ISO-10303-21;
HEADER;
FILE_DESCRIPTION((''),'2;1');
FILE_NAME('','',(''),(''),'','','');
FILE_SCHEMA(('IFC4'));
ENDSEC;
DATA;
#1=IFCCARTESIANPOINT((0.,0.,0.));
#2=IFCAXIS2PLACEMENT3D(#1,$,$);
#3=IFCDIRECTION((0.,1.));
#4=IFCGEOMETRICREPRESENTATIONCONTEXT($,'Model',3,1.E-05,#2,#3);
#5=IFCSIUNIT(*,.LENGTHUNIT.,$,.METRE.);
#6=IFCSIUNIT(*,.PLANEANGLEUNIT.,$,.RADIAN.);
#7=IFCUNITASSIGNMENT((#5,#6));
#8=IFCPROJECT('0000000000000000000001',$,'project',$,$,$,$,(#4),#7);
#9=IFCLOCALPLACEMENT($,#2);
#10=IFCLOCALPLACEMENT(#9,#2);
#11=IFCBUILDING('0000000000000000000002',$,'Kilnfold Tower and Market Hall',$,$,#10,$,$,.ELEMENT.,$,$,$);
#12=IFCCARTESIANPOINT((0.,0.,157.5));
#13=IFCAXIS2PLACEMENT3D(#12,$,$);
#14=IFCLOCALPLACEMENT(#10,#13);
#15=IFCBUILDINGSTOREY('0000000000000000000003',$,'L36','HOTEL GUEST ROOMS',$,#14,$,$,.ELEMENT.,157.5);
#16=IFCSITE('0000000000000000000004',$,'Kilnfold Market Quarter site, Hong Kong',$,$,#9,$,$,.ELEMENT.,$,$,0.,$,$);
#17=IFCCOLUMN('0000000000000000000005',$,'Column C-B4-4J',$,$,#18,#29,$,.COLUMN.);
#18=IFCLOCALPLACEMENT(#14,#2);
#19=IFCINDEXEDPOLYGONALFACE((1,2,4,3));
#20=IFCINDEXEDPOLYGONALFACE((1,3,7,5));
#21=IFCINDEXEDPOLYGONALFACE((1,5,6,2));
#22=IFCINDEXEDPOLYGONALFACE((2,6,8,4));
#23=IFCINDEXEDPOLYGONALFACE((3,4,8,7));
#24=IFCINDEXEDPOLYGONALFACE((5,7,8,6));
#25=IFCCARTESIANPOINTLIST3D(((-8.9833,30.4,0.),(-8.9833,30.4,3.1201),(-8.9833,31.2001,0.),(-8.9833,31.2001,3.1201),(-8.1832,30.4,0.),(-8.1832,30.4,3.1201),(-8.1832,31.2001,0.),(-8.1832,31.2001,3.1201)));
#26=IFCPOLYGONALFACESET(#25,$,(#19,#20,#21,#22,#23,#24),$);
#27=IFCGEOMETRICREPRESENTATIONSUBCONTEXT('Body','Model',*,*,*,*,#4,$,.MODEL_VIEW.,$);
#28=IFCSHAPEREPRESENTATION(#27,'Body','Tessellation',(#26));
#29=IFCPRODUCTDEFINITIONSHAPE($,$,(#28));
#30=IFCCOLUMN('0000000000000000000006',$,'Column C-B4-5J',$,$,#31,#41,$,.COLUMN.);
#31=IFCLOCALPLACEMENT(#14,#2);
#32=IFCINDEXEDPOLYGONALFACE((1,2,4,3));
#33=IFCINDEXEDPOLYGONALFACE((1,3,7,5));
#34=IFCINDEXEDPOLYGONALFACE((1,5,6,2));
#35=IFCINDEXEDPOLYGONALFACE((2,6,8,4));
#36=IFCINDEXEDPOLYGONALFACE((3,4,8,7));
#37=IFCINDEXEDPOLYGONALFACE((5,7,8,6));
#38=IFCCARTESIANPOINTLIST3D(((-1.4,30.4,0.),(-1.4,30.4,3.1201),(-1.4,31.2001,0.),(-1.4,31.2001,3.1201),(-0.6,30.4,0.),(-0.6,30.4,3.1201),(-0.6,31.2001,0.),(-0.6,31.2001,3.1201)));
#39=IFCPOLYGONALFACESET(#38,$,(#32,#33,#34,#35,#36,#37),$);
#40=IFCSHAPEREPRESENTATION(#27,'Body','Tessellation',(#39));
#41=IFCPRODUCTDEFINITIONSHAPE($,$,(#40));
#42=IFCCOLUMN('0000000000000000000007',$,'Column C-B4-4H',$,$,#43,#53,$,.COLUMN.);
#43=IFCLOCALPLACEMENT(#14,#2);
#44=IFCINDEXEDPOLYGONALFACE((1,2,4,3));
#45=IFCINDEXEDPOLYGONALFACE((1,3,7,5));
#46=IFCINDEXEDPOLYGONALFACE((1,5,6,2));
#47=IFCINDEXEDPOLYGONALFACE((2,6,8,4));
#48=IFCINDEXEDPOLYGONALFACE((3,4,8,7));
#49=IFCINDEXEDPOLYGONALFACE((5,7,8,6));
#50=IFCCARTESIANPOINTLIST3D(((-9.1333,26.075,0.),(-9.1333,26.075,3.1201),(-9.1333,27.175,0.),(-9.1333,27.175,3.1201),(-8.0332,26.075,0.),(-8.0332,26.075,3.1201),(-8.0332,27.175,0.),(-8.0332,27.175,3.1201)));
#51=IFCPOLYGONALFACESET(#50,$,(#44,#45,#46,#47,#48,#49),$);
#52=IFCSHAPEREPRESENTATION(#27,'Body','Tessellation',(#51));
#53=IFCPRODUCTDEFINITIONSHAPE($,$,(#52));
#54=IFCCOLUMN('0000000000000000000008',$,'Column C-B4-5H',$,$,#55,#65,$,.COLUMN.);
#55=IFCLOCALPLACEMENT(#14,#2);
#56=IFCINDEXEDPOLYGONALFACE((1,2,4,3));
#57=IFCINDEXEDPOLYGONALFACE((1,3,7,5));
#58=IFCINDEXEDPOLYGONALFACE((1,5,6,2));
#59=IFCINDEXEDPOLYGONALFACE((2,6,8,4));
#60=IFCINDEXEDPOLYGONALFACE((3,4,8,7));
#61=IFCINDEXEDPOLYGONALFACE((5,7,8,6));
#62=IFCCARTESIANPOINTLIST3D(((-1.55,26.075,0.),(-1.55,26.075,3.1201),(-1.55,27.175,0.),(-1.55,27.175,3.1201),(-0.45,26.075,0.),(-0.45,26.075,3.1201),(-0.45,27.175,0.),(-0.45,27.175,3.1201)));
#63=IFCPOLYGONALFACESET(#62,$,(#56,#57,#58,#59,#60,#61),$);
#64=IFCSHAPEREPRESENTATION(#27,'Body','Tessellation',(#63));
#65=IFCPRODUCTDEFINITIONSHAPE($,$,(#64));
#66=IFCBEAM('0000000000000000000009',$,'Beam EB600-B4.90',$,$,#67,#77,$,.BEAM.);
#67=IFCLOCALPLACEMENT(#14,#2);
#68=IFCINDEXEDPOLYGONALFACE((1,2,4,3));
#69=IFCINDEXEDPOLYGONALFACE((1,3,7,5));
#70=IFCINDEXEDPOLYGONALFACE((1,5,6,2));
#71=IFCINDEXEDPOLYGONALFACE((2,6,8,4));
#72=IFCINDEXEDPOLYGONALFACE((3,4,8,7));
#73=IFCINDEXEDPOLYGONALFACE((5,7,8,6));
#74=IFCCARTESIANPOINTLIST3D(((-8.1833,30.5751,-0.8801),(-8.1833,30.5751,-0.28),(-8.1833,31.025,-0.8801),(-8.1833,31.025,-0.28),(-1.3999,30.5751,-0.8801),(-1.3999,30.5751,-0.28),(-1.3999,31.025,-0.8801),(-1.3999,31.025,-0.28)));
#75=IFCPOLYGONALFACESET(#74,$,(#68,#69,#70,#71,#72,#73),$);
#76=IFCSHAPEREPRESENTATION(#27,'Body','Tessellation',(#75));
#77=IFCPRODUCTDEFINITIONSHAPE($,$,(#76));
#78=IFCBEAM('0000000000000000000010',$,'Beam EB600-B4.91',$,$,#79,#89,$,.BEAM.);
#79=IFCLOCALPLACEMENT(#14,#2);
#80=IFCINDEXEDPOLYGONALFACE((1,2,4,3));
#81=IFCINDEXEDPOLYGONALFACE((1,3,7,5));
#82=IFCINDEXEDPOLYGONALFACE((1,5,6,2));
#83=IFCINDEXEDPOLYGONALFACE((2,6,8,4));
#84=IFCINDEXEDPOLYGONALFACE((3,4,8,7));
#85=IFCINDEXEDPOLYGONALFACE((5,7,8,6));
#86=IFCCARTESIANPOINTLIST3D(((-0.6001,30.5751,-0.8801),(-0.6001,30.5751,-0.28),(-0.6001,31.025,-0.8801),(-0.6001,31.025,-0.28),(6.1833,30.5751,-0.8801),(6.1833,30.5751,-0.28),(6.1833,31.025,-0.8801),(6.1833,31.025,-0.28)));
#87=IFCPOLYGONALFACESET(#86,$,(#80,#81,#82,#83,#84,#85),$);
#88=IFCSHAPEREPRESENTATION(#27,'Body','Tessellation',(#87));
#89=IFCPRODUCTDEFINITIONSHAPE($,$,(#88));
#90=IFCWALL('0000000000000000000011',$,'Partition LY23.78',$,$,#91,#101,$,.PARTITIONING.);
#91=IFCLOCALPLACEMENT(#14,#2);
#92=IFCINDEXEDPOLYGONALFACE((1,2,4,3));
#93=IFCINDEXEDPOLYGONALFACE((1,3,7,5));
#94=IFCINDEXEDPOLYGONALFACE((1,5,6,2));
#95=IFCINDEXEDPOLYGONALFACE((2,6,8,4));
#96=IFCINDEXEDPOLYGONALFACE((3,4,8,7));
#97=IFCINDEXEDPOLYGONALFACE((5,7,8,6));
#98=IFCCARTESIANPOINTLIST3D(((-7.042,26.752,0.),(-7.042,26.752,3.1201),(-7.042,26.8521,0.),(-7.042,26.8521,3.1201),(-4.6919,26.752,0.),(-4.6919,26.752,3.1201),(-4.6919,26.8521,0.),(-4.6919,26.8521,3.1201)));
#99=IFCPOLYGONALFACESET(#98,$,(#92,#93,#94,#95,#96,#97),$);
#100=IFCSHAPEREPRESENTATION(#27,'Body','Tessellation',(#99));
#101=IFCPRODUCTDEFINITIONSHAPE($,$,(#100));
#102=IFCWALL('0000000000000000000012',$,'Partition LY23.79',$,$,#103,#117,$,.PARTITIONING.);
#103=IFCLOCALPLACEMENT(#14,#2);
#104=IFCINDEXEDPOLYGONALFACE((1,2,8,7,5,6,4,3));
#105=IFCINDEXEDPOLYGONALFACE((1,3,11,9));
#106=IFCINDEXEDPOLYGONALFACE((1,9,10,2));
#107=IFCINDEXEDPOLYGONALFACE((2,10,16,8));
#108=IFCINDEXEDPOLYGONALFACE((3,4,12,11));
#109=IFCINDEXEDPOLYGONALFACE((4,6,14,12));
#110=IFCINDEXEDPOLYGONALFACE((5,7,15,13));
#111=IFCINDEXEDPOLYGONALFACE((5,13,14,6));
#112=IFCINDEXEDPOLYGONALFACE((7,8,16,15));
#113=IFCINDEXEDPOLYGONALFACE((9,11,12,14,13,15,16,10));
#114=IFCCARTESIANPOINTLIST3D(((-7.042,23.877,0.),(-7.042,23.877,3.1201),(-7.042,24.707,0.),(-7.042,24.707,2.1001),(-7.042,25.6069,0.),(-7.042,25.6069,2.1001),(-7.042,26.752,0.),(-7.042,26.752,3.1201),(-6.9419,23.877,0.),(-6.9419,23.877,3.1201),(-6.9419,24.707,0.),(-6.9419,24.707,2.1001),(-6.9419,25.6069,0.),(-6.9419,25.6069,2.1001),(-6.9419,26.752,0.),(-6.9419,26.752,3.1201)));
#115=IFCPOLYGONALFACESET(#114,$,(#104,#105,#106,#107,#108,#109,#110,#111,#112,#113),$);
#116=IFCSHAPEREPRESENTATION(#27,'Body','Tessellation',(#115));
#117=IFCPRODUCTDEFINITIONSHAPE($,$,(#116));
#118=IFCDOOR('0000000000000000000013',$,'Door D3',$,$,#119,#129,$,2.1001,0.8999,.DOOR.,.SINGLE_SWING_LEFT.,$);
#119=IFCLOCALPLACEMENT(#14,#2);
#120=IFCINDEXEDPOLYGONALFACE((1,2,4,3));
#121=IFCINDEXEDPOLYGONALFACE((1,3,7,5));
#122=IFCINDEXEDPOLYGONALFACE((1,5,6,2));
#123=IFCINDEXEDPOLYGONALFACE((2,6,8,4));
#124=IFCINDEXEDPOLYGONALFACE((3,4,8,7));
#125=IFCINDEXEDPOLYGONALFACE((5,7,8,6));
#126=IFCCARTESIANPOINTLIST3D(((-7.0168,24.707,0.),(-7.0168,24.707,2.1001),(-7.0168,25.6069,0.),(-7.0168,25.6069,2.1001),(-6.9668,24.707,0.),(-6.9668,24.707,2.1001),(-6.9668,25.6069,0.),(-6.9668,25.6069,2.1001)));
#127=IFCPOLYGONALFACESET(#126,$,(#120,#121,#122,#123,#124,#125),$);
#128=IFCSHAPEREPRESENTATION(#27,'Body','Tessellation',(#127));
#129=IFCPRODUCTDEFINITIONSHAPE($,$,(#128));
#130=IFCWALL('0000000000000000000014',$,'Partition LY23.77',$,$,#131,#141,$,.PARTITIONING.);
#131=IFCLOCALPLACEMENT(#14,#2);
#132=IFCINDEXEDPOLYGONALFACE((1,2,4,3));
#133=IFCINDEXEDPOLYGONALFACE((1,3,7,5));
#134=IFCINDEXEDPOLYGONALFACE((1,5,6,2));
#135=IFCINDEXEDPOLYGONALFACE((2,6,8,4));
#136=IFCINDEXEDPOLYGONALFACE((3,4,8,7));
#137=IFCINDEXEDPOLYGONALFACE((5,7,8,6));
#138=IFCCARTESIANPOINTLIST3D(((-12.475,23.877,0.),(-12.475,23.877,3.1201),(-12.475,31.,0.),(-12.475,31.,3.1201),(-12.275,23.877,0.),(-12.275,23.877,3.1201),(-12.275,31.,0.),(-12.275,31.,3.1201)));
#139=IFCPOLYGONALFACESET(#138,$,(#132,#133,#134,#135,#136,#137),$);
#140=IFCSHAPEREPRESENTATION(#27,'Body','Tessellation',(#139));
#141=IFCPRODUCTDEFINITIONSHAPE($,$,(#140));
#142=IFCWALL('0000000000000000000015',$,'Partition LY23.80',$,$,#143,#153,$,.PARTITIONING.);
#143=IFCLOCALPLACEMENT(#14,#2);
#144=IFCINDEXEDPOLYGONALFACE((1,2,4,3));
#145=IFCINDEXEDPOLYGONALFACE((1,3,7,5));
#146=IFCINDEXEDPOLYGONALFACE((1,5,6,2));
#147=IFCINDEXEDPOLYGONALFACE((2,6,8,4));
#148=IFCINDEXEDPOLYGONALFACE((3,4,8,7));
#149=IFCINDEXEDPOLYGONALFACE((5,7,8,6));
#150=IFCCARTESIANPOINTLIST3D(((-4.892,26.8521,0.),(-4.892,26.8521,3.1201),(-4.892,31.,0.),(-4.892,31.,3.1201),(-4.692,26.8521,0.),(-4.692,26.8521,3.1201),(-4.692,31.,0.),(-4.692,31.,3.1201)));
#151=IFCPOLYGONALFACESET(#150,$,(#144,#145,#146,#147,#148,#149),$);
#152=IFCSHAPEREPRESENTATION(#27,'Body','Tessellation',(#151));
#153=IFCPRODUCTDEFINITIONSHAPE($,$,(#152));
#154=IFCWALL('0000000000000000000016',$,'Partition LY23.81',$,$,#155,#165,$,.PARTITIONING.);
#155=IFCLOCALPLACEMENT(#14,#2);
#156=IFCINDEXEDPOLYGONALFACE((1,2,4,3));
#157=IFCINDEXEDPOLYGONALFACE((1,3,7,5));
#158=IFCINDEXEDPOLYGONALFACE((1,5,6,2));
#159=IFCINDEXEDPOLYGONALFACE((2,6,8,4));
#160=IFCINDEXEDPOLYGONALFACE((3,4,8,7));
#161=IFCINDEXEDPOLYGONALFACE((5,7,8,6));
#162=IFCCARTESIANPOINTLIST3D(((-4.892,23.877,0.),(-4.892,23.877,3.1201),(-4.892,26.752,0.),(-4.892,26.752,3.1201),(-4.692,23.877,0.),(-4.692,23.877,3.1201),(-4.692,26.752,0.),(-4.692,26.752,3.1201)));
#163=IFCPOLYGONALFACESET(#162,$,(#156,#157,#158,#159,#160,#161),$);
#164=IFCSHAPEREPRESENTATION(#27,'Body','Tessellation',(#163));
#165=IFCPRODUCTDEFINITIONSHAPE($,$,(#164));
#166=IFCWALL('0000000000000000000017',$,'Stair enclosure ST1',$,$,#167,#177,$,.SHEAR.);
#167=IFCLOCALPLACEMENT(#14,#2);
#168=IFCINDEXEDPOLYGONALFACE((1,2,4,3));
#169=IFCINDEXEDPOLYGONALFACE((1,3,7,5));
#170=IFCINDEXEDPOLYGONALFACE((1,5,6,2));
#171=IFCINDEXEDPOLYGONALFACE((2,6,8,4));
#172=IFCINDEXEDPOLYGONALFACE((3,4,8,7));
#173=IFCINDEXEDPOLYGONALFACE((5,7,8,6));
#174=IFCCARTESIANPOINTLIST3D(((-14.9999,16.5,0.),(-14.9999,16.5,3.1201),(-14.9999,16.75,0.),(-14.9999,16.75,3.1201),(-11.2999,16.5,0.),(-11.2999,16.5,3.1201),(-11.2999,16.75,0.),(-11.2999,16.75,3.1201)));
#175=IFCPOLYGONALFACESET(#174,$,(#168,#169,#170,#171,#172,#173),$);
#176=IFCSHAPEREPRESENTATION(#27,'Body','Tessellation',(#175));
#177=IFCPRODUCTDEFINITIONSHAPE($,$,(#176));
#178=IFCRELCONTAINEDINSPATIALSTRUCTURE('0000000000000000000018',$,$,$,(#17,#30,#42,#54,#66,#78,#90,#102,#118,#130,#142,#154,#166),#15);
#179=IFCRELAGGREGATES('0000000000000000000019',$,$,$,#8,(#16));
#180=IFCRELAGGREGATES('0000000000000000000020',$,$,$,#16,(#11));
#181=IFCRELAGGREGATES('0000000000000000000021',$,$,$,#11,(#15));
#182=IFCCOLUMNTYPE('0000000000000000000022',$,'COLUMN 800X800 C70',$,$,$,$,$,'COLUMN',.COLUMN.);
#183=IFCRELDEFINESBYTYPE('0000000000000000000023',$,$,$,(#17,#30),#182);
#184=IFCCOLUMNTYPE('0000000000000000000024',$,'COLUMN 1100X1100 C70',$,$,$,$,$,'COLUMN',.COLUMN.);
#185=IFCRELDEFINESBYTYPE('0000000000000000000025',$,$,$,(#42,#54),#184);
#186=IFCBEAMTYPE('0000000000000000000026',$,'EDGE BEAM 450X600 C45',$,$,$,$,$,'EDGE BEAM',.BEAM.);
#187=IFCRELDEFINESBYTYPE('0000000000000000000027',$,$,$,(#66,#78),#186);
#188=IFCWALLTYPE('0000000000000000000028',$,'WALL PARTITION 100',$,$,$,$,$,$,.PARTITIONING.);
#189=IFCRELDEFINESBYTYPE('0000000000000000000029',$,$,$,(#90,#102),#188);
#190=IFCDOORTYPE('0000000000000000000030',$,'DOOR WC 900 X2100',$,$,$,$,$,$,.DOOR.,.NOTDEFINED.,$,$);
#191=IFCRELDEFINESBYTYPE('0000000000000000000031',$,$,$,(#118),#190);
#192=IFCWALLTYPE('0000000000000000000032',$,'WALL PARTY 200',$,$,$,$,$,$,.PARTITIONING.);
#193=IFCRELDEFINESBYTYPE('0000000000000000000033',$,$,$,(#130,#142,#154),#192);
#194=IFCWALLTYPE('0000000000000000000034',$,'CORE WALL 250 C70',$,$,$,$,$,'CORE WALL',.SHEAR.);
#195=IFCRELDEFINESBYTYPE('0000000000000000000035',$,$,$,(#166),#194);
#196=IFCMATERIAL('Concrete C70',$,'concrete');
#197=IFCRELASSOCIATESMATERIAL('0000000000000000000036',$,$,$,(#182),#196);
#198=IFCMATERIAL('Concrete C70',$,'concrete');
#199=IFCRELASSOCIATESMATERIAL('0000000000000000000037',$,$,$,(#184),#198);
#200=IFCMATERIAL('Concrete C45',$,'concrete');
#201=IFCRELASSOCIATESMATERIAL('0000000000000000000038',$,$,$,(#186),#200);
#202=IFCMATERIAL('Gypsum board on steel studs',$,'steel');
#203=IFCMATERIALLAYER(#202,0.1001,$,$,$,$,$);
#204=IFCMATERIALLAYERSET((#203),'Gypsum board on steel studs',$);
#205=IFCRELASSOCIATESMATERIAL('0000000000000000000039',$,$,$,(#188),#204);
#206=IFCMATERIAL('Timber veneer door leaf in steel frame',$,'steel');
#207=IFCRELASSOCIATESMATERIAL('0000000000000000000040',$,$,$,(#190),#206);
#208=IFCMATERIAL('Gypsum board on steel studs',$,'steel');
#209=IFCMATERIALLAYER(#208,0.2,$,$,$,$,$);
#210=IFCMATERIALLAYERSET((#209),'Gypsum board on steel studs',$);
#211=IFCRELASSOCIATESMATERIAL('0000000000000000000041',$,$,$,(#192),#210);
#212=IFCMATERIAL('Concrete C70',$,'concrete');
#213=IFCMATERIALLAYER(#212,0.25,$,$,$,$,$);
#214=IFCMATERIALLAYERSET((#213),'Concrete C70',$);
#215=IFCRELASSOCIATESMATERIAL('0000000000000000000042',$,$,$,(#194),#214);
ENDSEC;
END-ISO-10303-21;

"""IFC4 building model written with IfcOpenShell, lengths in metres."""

from ifc_helpers import new_model, si_unit, direction, frame, frame_2d, origin, origin_2d, place, context, subcontext, project, spatial, rectangle, extrude, source, transform, mapped, material, layer, layer_set, material_profile, profile_set, type_object, element, fill, save


model = new_model("IFC4")

# Units and contexts
model_context = context("Model", 3, precision=1e-05, world=origin(), true_north=direction((0.0, 1.0)))
body_context = subcontext(model_context, "Body", "Model", "MODEL_VIEW")
ifc_project = project(units=[si_unit("LENGTHUNIT", "METRE"), si_unit("PLANEANGLEUNIT", "RADIAN")], contexts=[model_context])

# Site, building, storey
site_placement = place(None, origin())
site = spatial("IfcSite", under=ifc_project, at=site_placement, Name="Kilnfold Market Quarter site, Hong Kong", CompositionType="ELEMENT", RefElevation=0.0)
building_placement = place(site_placement, origin())
building = spatial("IfcBuilding", under=site, at=building_placement, Name="Kilnfold Tower and Market Hall", CompositionType="ELEMENT")
storey_placement = place(building_placement, frame((0.0, 0.0, 157.5)))
storey = spatial("IfcBuildingStorey", under=building, at=storey_placement, Name="L36", Description="HOTEL GUEST ROOMS", CompositionType="ELEMENT", Elevation=157.5)

# Columns
ifc_material_1 = material(Name="Concrete C70", Category="concrete")
ifc_material_profile_1 = material_profile(ifc_material_1, rectangle(XDim=0.8, YDim=0.8, at=origin_2d()), Name="RC 800x800")
ifc_profile_set_1 = profile_set([ifc_material_profile_1], Name="Concrete C70")
column_type_1 = type_object("IfcColumnType", Name="COLUMN 800X800 C70", ElementType="COLUMN", PredefinedType="COLUMN", material=ifc_profile_set_1)
shared_shape_1 = source(origin(), body_context, "Body", "SweptSolid", [
    extrude(rectangle(XDim=0.8, YDim=0.8, at=origin_2d()), origin(), (0.0, 0.0, 1.0), 3.1201),
])
for number, where, z_axis, x_axis, name in (
    (1, (-8.5833, 30.8, 0.0), (0.0, 0.0, 1.0), (1.0, 0.0, 0.0), "Column C-B4-4J"),
    (2, (-1.0, 30.8, 0.0), (0.0, 0.0, 1.0), (1.0, 0.0, 0.0), "Column C-B4-5J"),
):
    element("IfcColumn", number, at=place(storey_placement, frame(where, z_axis=z_axis, x_axis=x_axis)), inside=storey, type_object=column_type_1, Name=name, PredefinedType="COLUMN", context=body_context, shape_type="MappedRepresentation", body=[
        mapped(shared_shape_1, transform((0.0, 0.0, 0.0))),
    ])
ifc_material_2 = material(Name="Concrete C70", Category="concrete")
ifc_material_profile_2 = material_profile(ifc_material_2, rectangle(XDim=1.1001, YDim=1.1001, at=origin_2d()), Name="RC 1100x1100")
ifc_profile_set_2 = profile_set([ifc_material_profile_2], Name="Concrete C70")
column_type_2 = type_object("IfcColumnType", Name="COLUMN 1100X1100 C70", ElementType="COLUMN", PredefinedType="COLUMN", material=ifc_profile_set_2)
shared_shape_2 = source(origin(), body_context, "Body", "SweptSolid", [
    extrude(rectangle(XDim=1.1001, YDim=1.1001, at=origin_2d()), origin(), (0.0, 0.0, 1.0), 3.1201),
])
for number, where, z_axis, x_axis, name in (
    (3, (-8.5833, 26.625, 0.0), (0.0, 0.0, 1.0), (1.0, 0.0, 0.0), "Column C-B4-4H"),
    (4, (-1.0, 26.625, 0.0), (0.0, 0.0, 1.0), (1.0, 0.0, 0.0), "Column C-B4-5H"),
):
    element("IfcColumn", number, at=place(storey_placement, frame(where, z_axis=z_axis, x_axis=x_axis)), inside=storey, type_object=column_type_2, Name=name, PredefinedType="COLUMN", context=body_context, shape_type="MappedRepresentation", body=[
        mapped(shared_shape_2, transform((0.0, 0.0, 0.0))),
    ])

# Beams
ifc_material_3 = material(Name="Concrete C45", Category="concrete")
ifc_material_profile_3 = material_profile(ifc_material_3, rectangle(XDim=0.45, YDim=0.6001, at=origin_2d()), Name="RC 450x600")
ifc_profile_set_3 = profile_set([ifc_material_profile_3], Name="Concrete C45")
beam_type = type_object("IfcBeamType", Name="EDGE BEAM 450X600 C45", ElementType="EDGE BEAM", PredefinedType="BEAM", material=ifc_profile_set_3)
shared_shape_3 = source(origin(), body_context, "Body", "SweptSolid", [
    extrude(rectangle(XDim=0.45, YDim=0.6001, at=origin_2d()), origin(), (0.0, 0.0, 1.0), 6.7834),
])
for number, where, z_axis, x_axis, name in (
    (5, (-8.1833, 30.8, -0.5801), (1.0, 0.0, 0.0), (0.0, 1.0, 0.0), "Beam EB600-B4.90"),
    (6, (-0.6001, 30.8, -0.5801), (1.0, 0.0, 0.0), (0.0, 1.0, 0.0), "Beam EB600-B4.91"),
):
    element("IfcBeam", number, at=place(storey_placement, frame(where, z_axis=z_axis, x_axis=x_axis)), inside=storey, type_object=beam_type, Name=name, PredefinedType="BEAM", context=body_context, shape_type="MappedRepresentation", body=[
        mapped(shared_shape_3, transform((0.0, 0.0, 0.0))),
    ])

# Wall
ifc_material_4 = material(Name="Gypsum board on steel studs", Category="steel")
ifc_layer_1 = layer(ifc_material_4, 0.1001)
ifc_layer_set_1 = layer_set([ifc_layer_1], Name="Gypsum board on steel studs")
wall_type_1 = type_object("IfcWallType", Name="WALL PARTITION 100", PredefinedType="PARTITIONING", material=ifc_layer_set_1)
wall_1_placement = place(storey_placement, frame((-7.042, 26.802, 0.0), z_axis=(0.0, 0.0, 1.0), x_axis=(1.0, 0.0, 0.0)))
element("IfcWall", 7, at=wall_1_placement, inside=storey, type_object=wall_type_1, Name="Partition LY23.78", PredefinedType="PARTITIONING", context=body_context, shape_type="SweptSolid", body=[
    extrude(rectangle(XDim=2.3501, YDim=0.1001, at=frame_2d((1.175, 0.0))), origin(), (0.0, 0.0, 1.0), 3.1201),
])

# Wall, opening, door
wall_2_placement = place(storey_placement, frame((-6.9919, 23.877, 0.0), z_axis=(0.0, 0.0, 1.0), x_axis=(0.0, 1.0, 0.0)))
wall_2 = element("IfcWall", 8, at=wall_2_placement, inside=storey, type_object=wall_type_1, Name="Partition LY23.79", PredefinedType="PARTITIONING", context=body_context, shape_type="SweptSolid", body=[
    extrude(rectangle(XDim=2.875, YDim=0.1001, at=frame_2d((1.4375, 0.0))), origin(), (0.0, 0.0, 1.0), 3.1201),
])
opening_1_placement = place(wall_2_placement, frame((0.8301, 0.0, 0.0)))
opening_1 = element("IfcOpeningElement", 9, at=opening_1_placement, cuts=wall_2, PredefinedType="OPENING", context=body_context, shape_type="SweptSolid", body=[
    extrude(rectangle(XDim=0.8999, YDim=2.1001, at=frame_2d((0.45, 1.05))), frame((0.0, 0.0601, 0.0), z_axis=(0.0, -1.0, 0.0), x_axis=(1.0, 0.0, 0.0)), (0.0, 0.0, 1.0), 0.1201),
])
ifc_material_5 = material(Name="Timber veneer door leaf in steel frame", Category="steel")
door_type_1 = type_object("IfcDoorType", Name="DOOR WC 900 X2100", OperationType="NOTDEFINED", PredefinedType="DOOR", material=ifc_material_5)
door_1_placement = place(opening_1_placement, origin())
door_1 = element("IfcDoor", 10, at=door_1_placement, inside=storey, type_object=door_type_1, Name="Door D3", OperationType="SINGLE_SWING_LEFT", OverallHeight=2.1001, OverallWidth=0.8999, PredefinedType="DOOR", context=body_context, shape_type="SweptSolid", body=[
    extrude(rectangle(XDim=0.8999, YDim=2.1001, at=frame_2d((0.45, 1.05))), frame((0.0, 0.0249, 0.0), z_axis=(0.0, -1.0, 0.0), x_axis=(1.0, 0.0, 0.0)), (0.0, 0.0, 1.0), 0.05),
])
fill(opening_1, door_1)

# Walls
ifc_material_6 = material(Name="Gypsum board on steel studs", Category="steel")
ifc_layer_2 = layer(ifc_material_6, 0.2)
ifc_layer_set_2 = layer_set([ifc_layer_2], Name="Gypsum board on steel studs")
wall_type_2 = type_object("IfcWallType", Name="WALL PARTY 200", PredefinedType="PARTITIONING", material=ifc_layer_set_2)
wall_3_placement = place(storey_placement, frame((-12.375, 23.877, 0.0), z_axis=(0.0, 0.0, 1.0), x_axis=(0.0, 1.0, 0.0)))
element("IfcWall", 11, at=wall_3_placement, inside=storey, type_object=wall_type_2, Name="Partition LY23.77", PredefinedType="PARTITIONING", context=body_context, shape_type="SweptSolid", body=[
    extrude(rectangle(XDim=7.123, YDim=0.2, at=frame_2d((3.5615, 0.0))), origin(), (0.0, 0.0, 1.0), 3.1201),
])
wall_4_placement = place(storey_placement, frame((-4.792, 26.8521, 0.0), z_axis=(0.0, 0.0, 1.0), x_axis=(0.0, 1.0, 0.0)))
element("IfcWall", 12, at=wall_4_placement, inside=storey, type_object=wall_type_2, Name="Partition LY23.80", PredefinedType="PARTITIONING", context=body_context, shape_type="SweptSolid", body=[
    extrude(rectangle(XDim=4.1479, YDim=0.2, at=frame_2d((2.074, 0.0))), origin(), (0.0, 0.0, 1.0), 3.1201),
])
wall_5_placement = place(storey_placement, frame((-4.792, 23.877, 0.0), z_axis=(0.0, 0.0, 1.0), x_axis=(0.0, 1.0, 0.0)))
element("IfcWall", 13, at=wall_5_placement, inside=storey, type_object=wall_type_2, Name="Partition LY23.81", PredefinedType="PARTITIONING", context=body_context, shape_type="SweptSolid", body=[
    extrude(rectangle(XDim=2.875, YDim=0.2, at=frame_2d((1.4375, 0.0))), origin(), (0.0, 0.0, 1.0), 3.1201),
])
ifc_material_7 = material(Name="Concrete C70", Category="concrete")
ifc_layer_3 = layer(ifc_material_7, 0.25)
ifc_layer_set_3 = layer_set([ifc_layer_3], Name="Concrete C70")
wall_type_3 = type_object("IfcWallType", Name="CORE WALL 250 C70", ElementType="CORE WALL", PredefinedType="SHEAR", material=ifc_layer_set_3)
shared_shape_4 = source(origin(), body_context, "Body", "SweptSolid", [
    extrude(rectangle(XDim=3.7, YDim=0.25, at=frame_2d((1.8501, 0.0))), origin(), (0.0, 0.0, 1.0), 3.1201),
])
wall_6_placement = place(storey_placement, frame((-15.0, 16.625, 0.0), z_axis=(0.0, 0.0, 1.0), x_axis=(1.0, 0.0, 0.0)))
element("IfcWall", 14, at=wall_6_placement, inside=storey, type_object=wall_type_3, Name="Stair enclosure ST1", PredefinedType="SHEAR", context=body_context, shape_type="MappedRepresentation", body=[
    mapped(shared_shape_4, transform((0.0, 0.0, 0.0))),
])

save(model, "model.ifc")
